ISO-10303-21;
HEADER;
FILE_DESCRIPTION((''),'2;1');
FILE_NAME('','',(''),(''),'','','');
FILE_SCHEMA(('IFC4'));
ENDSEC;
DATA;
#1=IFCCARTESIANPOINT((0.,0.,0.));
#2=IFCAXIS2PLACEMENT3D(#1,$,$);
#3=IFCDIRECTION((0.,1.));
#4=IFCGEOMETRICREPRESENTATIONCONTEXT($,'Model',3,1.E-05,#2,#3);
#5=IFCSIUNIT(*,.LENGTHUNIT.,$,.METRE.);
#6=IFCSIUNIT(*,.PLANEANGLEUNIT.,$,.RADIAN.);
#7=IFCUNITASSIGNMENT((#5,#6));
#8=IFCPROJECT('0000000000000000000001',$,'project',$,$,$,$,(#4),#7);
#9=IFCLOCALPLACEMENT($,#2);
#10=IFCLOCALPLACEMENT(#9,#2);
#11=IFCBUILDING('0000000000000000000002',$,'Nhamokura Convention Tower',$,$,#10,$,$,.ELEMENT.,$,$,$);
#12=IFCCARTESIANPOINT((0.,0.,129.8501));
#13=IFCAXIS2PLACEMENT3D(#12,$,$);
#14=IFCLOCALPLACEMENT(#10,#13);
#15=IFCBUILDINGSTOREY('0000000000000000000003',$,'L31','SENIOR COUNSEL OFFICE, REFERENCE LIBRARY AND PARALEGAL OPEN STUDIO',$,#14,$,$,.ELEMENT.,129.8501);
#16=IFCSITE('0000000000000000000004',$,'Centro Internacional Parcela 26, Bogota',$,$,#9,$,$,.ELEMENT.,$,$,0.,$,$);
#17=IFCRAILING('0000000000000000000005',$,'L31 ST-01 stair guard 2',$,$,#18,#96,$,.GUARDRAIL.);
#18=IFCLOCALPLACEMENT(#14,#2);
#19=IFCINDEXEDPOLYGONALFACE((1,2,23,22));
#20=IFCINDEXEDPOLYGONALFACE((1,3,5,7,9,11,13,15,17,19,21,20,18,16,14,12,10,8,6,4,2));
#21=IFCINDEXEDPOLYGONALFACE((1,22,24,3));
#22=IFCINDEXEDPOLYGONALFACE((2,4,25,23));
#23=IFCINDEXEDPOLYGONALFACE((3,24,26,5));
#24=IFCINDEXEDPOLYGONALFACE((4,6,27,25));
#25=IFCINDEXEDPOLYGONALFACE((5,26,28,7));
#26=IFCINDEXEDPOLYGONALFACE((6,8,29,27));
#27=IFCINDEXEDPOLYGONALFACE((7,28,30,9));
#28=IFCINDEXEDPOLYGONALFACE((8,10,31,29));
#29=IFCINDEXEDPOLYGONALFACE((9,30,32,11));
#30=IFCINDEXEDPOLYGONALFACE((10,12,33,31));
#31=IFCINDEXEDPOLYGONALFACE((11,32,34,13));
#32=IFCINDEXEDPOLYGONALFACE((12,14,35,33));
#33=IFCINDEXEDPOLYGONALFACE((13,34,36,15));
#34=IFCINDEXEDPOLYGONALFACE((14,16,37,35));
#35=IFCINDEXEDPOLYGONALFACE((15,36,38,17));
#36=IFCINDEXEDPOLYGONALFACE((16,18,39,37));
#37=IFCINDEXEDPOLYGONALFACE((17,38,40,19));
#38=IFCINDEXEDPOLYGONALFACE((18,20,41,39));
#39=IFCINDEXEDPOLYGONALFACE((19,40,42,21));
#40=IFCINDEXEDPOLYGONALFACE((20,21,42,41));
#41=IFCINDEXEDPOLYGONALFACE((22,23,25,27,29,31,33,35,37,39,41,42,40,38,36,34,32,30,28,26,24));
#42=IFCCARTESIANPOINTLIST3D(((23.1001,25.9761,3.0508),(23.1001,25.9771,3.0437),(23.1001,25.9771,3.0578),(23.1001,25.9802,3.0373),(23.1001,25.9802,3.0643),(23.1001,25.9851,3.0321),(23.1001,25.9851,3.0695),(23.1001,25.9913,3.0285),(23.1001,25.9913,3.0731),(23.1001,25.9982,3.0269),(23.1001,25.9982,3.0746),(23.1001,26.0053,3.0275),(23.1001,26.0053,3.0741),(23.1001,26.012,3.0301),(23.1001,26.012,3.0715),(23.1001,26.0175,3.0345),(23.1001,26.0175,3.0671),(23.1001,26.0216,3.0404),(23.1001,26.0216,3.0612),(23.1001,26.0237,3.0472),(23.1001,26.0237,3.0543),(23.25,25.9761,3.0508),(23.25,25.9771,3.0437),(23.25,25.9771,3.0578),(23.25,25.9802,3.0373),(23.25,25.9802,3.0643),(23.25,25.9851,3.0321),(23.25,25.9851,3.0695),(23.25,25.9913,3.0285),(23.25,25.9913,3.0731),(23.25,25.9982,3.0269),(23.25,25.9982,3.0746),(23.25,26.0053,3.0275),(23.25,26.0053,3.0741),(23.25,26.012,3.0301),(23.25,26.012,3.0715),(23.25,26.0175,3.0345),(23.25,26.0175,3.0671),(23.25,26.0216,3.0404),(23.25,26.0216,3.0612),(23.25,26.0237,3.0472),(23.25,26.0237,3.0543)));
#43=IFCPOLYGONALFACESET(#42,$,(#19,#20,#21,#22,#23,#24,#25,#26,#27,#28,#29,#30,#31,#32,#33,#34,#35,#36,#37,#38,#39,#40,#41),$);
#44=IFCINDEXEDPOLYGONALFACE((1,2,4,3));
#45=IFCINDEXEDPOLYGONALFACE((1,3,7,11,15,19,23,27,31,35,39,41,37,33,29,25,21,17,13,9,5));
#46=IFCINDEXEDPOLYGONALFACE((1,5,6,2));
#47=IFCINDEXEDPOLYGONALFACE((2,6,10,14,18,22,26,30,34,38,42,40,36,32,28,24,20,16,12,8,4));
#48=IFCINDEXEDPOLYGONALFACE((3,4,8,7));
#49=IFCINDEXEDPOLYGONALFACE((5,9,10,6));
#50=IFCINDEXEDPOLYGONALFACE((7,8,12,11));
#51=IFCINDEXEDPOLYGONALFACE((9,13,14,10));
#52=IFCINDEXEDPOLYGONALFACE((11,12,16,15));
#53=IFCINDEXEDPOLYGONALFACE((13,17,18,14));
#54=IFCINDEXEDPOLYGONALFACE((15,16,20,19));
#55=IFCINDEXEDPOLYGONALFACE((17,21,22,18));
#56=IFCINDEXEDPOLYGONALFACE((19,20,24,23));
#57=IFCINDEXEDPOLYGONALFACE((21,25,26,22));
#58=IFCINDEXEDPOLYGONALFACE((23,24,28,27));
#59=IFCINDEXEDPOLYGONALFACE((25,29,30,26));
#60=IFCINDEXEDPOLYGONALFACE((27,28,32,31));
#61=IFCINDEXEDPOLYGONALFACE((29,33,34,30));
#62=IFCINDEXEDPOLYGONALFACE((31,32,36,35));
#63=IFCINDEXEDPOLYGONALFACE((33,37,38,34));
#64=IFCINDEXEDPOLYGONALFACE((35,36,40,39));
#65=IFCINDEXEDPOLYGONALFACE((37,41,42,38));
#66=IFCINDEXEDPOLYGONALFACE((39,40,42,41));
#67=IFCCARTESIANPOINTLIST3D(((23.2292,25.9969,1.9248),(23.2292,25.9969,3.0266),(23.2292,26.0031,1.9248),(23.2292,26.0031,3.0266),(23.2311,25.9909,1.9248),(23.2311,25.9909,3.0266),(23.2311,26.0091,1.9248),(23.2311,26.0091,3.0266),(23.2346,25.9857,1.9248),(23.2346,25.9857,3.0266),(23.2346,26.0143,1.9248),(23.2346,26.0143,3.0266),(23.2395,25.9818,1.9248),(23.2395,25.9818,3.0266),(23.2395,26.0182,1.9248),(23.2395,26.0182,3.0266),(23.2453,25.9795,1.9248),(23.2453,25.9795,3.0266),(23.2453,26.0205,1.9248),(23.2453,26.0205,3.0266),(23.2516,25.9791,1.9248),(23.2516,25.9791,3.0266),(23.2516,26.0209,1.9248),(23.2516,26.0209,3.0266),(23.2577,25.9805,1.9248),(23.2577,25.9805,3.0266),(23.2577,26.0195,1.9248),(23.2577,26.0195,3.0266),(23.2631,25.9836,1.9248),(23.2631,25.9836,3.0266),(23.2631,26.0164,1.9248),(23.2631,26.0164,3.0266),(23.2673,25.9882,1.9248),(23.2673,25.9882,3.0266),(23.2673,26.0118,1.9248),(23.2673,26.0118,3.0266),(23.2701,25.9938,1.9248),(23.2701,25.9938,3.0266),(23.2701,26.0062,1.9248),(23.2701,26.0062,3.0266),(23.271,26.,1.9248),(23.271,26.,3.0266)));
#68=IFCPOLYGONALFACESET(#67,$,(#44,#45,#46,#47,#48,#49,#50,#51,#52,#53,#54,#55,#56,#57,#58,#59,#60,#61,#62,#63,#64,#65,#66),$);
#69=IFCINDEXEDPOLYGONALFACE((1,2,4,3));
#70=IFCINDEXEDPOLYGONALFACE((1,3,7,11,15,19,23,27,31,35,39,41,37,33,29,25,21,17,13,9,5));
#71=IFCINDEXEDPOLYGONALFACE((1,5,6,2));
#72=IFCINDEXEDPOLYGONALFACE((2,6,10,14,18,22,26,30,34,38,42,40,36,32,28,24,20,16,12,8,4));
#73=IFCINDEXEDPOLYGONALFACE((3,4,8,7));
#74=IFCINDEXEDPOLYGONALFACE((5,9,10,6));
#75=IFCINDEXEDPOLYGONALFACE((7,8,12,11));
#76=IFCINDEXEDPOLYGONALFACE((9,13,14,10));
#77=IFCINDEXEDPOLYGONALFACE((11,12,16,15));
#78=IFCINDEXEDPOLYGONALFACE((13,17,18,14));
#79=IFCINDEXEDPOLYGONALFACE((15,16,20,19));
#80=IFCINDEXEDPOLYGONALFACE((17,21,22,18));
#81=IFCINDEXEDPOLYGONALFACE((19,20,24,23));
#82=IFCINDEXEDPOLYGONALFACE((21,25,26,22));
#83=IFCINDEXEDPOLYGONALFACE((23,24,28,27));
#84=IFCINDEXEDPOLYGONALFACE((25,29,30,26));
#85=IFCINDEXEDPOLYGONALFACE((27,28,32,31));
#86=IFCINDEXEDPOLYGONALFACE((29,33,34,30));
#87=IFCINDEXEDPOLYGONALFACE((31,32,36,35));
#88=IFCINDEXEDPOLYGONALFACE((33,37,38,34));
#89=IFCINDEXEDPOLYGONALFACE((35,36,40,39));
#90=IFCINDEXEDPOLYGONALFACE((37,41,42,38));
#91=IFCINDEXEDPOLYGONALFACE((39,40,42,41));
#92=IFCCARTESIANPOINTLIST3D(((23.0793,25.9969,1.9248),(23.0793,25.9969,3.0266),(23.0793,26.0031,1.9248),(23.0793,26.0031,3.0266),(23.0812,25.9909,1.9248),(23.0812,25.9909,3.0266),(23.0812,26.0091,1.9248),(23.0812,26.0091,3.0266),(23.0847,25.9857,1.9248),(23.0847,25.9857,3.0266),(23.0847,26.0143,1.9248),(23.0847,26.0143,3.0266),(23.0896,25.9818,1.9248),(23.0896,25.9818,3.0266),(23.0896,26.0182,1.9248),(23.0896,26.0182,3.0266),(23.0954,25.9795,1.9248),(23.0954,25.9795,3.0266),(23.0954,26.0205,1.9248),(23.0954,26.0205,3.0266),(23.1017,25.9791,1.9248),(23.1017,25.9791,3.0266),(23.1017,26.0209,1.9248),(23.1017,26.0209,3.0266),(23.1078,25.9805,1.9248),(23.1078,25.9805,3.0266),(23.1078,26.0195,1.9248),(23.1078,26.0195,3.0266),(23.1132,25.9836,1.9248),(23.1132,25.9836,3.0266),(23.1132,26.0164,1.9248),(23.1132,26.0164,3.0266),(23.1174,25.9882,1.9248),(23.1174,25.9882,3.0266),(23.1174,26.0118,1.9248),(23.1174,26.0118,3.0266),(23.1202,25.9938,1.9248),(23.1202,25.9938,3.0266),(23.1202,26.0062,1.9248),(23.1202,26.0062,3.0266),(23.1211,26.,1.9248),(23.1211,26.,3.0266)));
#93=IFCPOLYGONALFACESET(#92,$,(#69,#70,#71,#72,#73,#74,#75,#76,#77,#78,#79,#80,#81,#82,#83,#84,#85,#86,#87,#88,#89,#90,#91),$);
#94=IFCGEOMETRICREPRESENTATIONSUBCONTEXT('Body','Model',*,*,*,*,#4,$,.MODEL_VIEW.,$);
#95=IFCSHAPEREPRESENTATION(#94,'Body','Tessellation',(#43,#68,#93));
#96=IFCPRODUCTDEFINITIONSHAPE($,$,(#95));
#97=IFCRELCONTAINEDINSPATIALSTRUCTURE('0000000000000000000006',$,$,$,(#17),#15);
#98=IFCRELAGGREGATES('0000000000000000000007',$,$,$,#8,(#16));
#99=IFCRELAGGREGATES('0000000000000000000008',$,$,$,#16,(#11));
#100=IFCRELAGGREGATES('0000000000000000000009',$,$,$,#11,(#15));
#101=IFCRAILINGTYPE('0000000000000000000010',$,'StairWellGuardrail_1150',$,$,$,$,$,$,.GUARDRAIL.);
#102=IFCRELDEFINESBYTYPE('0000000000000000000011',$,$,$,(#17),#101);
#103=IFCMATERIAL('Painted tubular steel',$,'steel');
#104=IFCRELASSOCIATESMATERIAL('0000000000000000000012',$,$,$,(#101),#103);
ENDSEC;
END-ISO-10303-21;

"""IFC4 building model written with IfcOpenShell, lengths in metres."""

from ifc_helpers import new_model, si_unit, direction, frame, origin, origin_2d, place, context, subcontext, project, spatial, circle, extrude, material, type_object, element, save


model = new_model("IFC4")

# Units and contexts
model_context = context("Model", 3, precision=1e-05, world=origin(), true_north=direction((0.0, 1.0)))
body_context = subcontext(model_context, "Body", "Model", "MODEL_VIEW")
ifc_project = project(units=[si_unit("LENGTHUNIT", "METRE"), si_unit("PLANEANGLEUNIT", "RADIAN")], contexts=[model_context])

# Site, building, storey
site_placement = place(None, origin())
site = spatial("IfcSite", under=ifc_project, at=site_placement, Name="Centro Internacional Parcela 26, Bogota", CompositionType="ELEMENT", RefElevation=0.0)
building_placement = place(site_placement, origin())
building = spatial("IfcBuilding", under=site, at=building_placement, Name="Nhamokura Convention Tower", CompositionType="ELEMENT")
storey_placement = place(building_placement, frame((0.0, 0.0, 129.8501)))
storey = spatial("IfcBuildingStorey", under=building, at=storey_placement, Name="L31", Description="SENIOR COUNSEL OFFICE, REFERENCE LIBRARY AND PARALEGAL OPEN STUDIO", CompositionType="ELEMENT", Elevation=129.8501)

# Railing
ifc_material_1 = material(Name="Painted tubular steel", Category="steel")
railing_type_1 = type_object("IfcRailingType", Name="StairWellGuardrail_1150", PredefinedType="GUARDRAIL", material=ifc_material_1)
railing_1_placement = place(storey_placement, frame((23.25, 26.0, 1.9248)))
element("IfcRailing", 1, at=railing_1_placement, inside=storey, type_object=railing_type_1, Name="L31 ST-01 stair guard 2", PredefinedType="GUARDRAIL", context=body_context, shape_type="SweptSolid", body=[
    extrude(circle(Radius=0.0239, at=origin_2d()), frame((0.0, 0.0, 1.126), z_axis=(-1.0, 0.0, 0.0), x_axis=(0.0, -1.0, 0.0)), (0.0, 0.0, 1.0), 0.1499),
    extrude(circle(Radius=0.021, at=origin_2d()), origin(), (0.0, 0.0, 1.0), 1.1018),
    extrude(circle(Radius=0.021, at=origin_2d()), frame((-0.1499, 0.0, 0.0)), (0.0, 0.0, 1.0), 1.1018),
])

save(model, "model.ifc")
